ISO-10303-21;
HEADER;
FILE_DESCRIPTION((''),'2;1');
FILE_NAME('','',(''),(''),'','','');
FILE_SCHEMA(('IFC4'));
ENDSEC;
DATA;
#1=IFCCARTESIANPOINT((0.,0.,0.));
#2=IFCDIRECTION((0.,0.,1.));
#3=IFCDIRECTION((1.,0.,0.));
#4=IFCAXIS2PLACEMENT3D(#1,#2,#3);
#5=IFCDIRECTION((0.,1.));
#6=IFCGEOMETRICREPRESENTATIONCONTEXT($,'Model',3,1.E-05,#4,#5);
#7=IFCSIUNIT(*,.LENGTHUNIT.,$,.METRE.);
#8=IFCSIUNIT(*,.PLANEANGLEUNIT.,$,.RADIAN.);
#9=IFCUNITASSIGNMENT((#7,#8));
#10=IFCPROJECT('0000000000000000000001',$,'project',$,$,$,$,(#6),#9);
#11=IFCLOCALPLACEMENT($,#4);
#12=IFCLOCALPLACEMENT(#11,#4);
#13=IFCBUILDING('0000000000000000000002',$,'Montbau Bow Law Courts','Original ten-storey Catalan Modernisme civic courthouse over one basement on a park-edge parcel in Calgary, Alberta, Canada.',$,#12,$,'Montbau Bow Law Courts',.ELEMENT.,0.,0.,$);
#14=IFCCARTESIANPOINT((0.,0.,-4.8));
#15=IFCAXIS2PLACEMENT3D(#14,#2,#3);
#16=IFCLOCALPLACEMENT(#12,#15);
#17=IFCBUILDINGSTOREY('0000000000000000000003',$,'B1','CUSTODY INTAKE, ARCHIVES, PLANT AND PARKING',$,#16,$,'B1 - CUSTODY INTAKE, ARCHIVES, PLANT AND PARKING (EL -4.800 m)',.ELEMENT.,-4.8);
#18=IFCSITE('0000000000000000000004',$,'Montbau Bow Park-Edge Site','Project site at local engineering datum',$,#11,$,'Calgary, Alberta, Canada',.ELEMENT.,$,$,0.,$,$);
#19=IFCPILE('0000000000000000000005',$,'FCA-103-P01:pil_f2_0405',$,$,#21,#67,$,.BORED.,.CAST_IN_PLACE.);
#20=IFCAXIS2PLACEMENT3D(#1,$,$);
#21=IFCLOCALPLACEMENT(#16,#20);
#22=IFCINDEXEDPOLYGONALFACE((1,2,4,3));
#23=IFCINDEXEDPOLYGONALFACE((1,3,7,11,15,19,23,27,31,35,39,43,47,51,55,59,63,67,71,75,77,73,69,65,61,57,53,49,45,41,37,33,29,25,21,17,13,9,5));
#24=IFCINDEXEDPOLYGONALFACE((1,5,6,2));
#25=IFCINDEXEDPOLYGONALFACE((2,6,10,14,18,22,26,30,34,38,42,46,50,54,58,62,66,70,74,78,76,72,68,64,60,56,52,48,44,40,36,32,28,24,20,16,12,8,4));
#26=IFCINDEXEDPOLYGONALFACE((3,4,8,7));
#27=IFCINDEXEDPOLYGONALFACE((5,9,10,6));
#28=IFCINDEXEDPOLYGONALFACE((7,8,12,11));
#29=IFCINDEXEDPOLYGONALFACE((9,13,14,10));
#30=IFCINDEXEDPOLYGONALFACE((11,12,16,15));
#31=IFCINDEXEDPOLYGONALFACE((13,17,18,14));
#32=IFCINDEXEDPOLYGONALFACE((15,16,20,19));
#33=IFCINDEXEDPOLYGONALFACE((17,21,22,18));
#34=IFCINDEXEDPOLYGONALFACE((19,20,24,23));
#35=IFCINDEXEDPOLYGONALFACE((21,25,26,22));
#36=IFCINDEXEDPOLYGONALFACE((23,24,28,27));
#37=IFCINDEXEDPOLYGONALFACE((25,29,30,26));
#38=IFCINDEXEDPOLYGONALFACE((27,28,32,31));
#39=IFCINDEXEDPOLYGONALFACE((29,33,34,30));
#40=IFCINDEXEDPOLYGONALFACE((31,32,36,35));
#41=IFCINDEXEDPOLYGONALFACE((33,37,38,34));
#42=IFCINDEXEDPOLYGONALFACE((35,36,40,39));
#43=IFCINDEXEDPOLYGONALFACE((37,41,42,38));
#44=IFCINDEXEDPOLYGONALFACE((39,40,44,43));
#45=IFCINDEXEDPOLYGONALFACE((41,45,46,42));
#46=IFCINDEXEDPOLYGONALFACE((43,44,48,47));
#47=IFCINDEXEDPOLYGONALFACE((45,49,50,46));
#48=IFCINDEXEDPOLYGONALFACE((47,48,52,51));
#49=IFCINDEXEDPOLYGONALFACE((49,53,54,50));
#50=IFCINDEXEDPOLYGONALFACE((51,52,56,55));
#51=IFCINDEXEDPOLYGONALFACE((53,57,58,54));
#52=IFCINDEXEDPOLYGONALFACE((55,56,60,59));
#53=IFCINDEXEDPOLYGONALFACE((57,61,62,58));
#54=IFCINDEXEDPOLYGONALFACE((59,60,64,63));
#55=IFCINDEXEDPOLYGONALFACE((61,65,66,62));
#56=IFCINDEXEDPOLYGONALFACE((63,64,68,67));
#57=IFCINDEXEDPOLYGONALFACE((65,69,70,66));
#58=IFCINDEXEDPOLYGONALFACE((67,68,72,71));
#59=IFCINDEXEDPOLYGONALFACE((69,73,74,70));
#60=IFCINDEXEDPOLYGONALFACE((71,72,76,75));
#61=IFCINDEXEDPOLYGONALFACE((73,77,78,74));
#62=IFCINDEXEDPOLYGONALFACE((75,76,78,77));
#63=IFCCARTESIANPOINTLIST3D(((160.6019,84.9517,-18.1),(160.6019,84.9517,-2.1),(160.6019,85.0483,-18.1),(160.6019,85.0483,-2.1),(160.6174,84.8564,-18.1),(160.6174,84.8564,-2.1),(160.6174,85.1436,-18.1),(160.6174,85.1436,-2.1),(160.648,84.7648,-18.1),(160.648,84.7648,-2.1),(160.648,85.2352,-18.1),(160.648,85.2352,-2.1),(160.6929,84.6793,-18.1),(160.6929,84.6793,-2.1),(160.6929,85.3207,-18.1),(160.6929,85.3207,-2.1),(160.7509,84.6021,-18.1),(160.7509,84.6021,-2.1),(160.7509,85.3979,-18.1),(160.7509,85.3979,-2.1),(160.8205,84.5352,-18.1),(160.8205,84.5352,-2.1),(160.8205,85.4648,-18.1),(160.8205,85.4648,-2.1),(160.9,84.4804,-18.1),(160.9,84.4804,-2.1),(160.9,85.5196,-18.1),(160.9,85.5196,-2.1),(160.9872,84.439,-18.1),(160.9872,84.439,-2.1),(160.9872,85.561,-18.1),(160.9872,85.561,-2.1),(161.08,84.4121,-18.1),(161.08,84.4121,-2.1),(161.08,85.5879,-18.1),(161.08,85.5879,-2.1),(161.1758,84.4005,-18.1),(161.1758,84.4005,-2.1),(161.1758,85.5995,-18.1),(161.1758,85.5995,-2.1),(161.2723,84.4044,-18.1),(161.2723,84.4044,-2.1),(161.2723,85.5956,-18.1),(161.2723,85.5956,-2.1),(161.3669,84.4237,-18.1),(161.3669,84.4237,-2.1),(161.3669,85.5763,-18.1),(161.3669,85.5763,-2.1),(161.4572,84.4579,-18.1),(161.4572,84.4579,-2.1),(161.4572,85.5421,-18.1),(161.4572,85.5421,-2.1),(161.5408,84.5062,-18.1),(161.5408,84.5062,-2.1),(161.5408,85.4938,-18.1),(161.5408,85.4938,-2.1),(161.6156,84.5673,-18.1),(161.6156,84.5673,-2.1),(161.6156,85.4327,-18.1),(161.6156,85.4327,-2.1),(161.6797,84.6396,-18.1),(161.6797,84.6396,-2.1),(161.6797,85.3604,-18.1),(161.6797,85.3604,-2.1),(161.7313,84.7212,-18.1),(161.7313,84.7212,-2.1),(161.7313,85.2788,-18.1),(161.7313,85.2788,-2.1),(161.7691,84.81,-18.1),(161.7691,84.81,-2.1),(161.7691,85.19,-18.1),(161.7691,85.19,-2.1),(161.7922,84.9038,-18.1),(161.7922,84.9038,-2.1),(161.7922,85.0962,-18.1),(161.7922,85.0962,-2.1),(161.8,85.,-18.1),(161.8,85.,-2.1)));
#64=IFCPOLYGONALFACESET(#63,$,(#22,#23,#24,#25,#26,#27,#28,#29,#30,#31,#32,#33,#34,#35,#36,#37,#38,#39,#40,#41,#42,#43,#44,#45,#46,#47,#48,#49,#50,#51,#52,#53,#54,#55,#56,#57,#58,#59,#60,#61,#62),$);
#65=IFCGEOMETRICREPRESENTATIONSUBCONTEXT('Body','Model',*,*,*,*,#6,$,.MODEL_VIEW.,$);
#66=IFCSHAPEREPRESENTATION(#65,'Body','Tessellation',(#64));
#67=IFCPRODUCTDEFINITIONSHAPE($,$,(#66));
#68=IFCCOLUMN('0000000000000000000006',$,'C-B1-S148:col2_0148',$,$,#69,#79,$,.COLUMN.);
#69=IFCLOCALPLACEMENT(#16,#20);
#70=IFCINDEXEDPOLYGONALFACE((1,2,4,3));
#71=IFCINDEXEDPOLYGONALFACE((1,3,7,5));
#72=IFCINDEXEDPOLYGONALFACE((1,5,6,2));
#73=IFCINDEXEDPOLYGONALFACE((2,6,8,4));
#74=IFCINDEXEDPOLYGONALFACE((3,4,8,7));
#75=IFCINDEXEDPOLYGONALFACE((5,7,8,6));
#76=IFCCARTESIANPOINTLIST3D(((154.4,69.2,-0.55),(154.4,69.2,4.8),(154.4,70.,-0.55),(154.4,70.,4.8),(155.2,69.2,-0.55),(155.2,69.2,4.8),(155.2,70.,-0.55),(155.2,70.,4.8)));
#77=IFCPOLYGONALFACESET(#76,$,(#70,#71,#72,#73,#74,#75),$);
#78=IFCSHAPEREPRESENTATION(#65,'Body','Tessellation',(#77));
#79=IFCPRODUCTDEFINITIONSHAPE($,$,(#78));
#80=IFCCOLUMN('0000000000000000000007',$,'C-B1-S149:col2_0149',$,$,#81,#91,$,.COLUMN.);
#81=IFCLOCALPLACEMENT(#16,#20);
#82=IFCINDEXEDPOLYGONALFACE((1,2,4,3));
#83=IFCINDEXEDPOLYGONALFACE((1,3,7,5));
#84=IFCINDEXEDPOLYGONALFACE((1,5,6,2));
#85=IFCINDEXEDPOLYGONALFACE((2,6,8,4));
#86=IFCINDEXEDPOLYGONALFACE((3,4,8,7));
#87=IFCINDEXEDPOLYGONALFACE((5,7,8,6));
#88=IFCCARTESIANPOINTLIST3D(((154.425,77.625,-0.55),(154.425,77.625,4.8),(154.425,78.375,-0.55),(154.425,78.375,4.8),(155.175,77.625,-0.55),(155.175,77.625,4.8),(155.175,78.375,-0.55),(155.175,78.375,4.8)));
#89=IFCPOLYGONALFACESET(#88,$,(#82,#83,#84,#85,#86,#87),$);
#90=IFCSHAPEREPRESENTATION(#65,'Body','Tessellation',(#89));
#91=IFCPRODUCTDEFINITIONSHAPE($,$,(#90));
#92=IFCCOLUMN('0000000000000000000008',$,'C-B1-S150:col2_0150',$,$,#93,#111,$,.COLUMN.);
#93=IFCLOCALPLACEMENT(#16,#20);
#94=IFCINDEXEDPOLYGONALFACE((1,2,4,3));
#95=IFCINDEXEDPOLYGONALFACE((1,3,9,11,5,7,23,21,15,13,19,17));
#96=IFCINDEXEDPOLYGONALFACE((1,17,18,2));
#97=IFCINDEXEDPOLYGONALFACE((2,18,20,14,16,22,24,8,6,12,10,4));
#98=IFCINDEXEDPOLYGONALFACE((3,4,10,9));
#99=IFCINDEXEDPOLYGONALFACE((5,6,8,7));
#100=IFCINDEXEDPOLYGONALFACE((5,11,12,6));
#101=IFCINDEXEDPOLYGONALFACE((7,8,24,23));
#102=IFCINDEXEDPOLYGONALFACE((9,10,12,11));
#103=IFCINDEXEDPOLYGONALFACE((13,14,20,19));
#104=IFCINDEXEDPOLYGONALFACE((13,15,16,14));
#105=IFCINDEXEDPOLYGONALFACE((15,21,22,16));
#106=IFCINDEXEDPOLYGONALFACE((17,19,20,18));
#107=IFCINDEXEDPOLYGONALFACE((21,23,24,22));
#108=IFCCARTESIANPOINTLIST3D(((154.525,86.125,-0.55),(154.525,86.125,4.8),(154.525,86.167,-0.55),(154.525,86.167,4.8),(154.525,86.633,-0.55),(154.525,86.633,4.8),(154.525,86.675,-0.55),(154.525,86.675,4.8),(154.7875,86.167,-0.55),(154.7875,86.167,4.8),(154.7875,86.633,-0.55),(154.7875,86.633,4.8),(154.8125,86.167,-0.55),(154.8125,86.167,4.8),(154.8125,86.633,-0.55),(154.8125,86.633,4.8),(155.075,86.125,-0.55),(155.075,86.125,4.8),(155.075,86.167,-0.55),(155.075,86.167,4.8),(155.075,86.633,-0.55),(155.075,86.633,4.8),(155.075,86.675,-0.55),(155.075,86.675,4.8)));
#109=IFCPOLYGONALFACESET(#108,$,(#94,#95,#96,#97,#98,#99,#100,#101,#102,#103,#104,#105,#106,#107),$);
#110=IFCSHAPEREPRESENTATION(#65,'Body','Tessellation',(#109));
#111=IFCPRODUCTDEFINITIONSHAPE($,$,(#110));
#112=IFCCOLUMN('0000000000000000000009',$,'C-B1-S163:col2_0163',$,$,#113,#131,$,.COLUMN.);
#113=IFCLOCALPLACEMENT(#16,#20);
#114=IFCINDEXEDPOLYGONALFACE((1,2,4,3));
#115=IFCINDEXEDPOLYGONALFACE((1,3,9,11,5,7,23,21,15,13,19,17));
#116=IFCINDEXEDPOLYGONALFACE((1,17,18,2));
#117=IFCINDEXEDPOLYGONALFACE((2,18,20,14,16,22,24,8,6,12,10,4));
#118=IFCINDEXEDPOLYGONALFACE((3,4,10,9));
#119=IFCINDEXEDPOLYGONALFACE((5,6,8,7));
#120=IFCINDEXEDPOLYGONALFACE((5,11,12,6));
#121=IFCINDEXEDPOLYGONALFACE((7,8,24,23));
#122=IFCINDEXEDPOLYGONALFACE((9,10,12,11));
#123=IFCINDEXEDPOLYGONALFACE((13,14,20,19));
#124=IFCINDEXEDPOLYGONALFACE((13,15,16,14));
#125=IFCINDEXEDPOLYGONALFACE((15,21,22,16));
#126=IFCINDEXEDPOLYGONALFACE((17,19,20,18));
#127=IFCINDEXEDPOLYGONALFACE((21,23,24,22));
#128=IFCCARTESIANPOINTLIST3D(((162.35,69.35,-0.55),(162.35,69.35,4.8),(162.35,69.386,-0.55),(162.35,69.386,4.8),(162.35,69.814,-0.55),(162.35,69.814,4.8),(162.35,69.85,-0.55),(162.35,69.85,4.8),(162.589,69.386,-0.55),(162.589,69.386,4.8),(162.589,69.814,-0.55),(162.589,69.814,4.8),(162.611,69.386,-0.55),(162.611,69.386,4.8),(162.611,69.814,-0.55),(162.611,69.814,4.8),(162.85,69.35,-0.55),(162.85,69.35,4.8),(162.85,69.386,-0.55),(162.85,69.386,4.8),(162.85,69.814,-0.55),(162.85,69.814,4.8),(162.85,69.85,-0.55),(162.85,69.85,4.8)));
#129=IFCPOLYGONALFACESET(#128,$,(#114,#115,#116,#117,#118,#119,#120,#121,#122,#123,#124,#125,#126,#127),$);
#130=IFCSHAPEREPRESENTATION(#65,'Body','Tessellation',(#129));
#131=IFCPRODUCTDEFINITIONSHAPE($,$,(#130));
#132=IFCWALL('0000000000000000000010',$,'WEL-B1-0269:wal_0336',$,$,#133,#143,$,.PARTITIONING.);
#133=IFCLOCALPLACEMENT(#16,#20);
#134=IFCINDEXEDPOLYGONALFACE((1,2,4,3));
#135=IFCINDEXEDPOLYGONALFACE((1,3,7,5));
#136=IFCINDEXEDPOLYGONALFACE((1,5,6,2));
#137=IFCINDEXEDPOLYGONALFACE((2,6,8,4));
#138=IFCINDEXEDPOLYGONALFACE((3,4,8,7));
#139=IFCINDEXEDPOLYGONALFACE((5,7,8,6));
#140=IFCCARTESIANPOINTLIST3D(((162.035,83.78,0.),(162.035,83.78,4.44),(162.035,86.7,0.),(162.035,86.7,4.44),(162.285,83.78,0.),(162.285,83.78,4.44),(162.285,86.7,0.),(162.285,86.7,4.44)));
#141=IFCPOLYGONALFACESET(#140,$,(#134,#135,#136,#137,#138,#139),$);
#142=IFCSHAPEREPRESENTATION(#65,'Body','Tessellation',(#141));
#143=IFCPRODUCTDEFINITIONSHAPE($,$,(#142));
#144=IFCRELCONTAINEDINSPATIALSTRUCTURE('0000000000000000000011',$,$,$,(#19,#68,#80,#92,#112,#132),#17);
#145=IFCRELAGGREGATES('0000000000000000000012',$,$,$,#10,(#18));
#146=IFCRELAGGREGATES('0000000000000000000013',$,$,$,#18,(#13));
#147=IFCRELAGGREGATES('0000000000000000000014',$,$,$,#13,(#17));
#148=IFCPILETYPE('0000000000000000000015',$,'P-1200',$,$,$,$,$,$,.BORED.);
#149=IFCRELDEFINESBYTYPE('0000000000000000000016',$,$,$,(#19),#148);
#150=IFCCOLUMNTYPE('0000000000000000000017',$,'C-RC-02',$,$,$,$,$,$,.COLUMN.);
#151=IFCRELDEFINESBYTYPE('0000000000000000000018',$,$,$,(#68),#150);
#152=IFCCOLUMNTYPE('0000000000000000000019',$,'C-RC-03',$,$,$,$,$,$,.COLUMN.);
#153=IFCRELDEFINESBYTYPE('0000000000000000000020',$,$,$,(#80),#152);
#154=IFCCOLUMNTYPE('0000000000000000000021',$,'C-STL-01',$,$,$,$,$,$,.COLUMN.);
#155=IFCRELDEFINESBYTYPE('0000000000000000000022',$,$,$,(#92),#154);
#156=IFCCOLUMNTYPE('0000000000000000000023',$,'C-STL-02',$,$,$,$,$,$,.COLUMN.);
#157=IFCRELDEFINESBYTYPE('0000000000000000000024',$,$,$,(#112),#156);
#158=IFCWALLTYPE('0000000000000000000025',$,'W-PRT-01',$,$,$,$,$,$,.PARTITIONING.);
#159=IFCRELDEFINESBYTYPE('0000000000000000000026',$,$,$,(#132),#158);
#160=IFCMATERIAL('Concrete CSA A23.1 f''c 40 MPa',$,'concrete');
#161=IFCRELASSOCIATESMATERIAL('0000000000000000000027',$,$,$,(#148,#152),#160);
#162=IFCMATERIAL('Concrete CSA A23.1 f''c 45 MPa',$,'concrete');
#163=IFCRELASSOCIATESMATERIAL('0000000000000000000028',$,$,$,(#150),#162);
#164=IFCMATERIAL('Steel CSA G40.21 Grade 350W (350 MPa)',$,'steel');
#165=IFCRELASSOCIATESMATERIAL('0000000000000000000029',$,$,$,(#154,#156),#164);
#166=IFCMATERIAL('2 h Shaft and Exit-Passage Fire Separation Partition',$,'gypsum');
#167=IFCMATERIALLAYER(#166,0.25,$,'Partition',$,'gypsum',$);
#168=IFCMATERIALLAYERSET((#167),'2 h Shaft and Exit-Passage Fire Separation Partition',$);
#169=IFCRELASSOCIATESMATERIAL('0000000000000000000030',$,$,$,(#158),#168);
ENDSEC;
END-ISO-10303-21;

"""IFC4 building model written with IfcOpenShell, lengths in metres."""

from ifc_helpers import new_model, si_unit, direction, frame, frame_2d, origin_with_axes, origin_2d_with_axis, place, context, subcontext, project, spatial, rectangle, circle, i_section, extrude, material, layer, layer_set, material_profile, profile_set, type_object, element, save


model = new_model("IFC4")

# Units and contexts
model_context = context("Model", 3, precision=1e-05, world=origin_with_axes(), true_north=direction((0.0, 1.0)))
body_context = subcontext(model_context, "Body", "Model", "MODEL_VIEW")
ifc_project = project(units=[si_unit("LENGTHUNIT", "METRE"), si_unit("PLANEANGLEUNIT", "RADIAN")], contexts=[model_context])

# Site, building, storey
site_placement = place(None, origin_with_axes())
site = spatial("IfcSite", under=ifc_project, at=site_placement, Name="Montbau Bow Park-Edge Site", Description="Project site at local engineering datum", LongName="Calgary, Alberta, Canada", CompositionType="ELEMENT", RefElevation=0.0)
building_placement = place(site_placement, origin_with_axes())
building = spatial("IfcBuilding", under=site, at=building_placement, Name="Montbau Bow Law Courts", Description="Original ten-storey Catalan Modernisme civic courthouse over one basement on a park-edge parcel in Calgary, Alberta, Canada.", LongName="Montbau Bow Law Courts", CompositionType="ELEMENT", ElevationOfRefHeight=0.0, ElevationOfTerrain=0.0)
storey_placement = place(building_placement, frame((0.0, 0.0, -4.8), z_axis=(0.0, 0.0, 1.0), x_axis=(1.0, 0.0, 0.0)))
storey = spatial("IfcBuildingStorey", under=building, at=storey_placement, Name="B1", Description="CUSTODY INTAKE, ARCHIVES, PLANT AND PARKING", LongName="B1 - CUSTODY INTAKE, ARCHIVES, PLANT AND PARKING (EL -4.800 m)", CompositionType="ELEMENT", Elevation=-4.8)

# Pile
ifc_material_1 = material(Name="Concrete CSA A23.1 f'c 40 MPa", Category="concrete")
ifc_material_profile_1 = material_profile(ifc_material_1, circle(Radius=0.6, at=origin_2d_with_axis()), Name="BP1200", Category="Main", Priority=0)
ifc_profile_set_1 = profile_set([ifc_material_profile_1], Name="Concrete CSA A23.1 f'c 40 MPa")
pile_type_1 = type_object("IfcPileType", Name="P-1200", PredefinedType="BORED", material=ifc_profile_set_1)
for number, where, z_axis, x_axis, name in (
    (1, (161.2, 85.0, -22.9), (0.0, 0.0, 1.0), (1.0, 0.0, 0.0), "FCA-103-P01:pil_f2_0405"),
):
    element("IfcPile", number, at=place(None, frame(where, z_axis=z_axis, x_axis=x_axis)), inside=storey, type_object=pile_type_1, Name=name, ConstructionType="CAST_IN_PLACE", PredefinedType="BORED", context=body_context, shape_type="SweptSolid", body=[
        extrude(circle(Radius=0.6, at=origin_2d_with_axis()), origin_with_axes(), (0.0, 0.0, 1.0), 16.0),
    ])

# Columns
ifc_material_2 = material(Name="Concrete CSA A23.1 f'c 45 MPa", Category="concrete")
ifc_material_profile_2 = material_profile(ifc_material_2, rectangle(XDim=0.8, YDim=0.8, at=origin_2d_with_axis()), Name="RC800X800", Category="Main", Priority=0)
ifc_profile_set_2 = profile_set([ifc_material_profile_2], Name="Concrete CSA A23.1 f'c 45 MPa")
column_type_1 = type_object("IfcColumnType", Name="C-RC-02", PredefinedType="COLUMN", material=ifc_profile_set_2)
column_1_placement = place(None, frame((154.8, 69.6, -5.35), z_axis=(0.0, 0.0, 1.0), x_axis=(1.0, 0.0, 0.0)))
element("IfcColumn", 2, at=column_1_placement, inside=storey, type_object=column_type_1, Name="C-B1-S148:col2_0148", PredefinedType="COLUMN", context=body_context, shape_type="SweptSolid", body=[
    extrude(rectangle(XDim=0.8, YDim=0.8, at=origin_2d_with_axis()), origin_with_axes(), (0.0, 0.0, 1.0), 5.35),
])
ifc_material_profile_3 = material_profile(ifc_material_1, rectangle(XDim=0.75, YDim=0.75, at=origin_2d_with_axis()), Name="RC750X750", Category="Main", Priority=0)
ifc_profile_set_3 = profile_set([ifc_material_profile_3], Name="Concrete CSA A23.1 f'c 40 MPa")
column_type_2 = type_object("IfcColumnType", Name="C-RC-03", PredefinedType="COLUMN", material=ifc_profile_set_3)
column_2_placement = place(None, frame((154.8, 78.0, -5.35), z_axis=(0.0, 0.0, 1.0), x_axis=(1.0, 0.0, 0.0)))
element("IfcColumn", 3, at=column_2_placement, inside=storey, type_object=column_type_2, Name="C-B1-S149:col2_0149", PredefinedType="COLUMN", context=body_context, shape_type="SweptSolid", body=[
    extrude(rectangle(XDim=0.75, YDim=0.75, at=origin_2d_with_axis()), origin_with_axes(), (0.0, 0.0, 1.0), 5.35),
])
ifc_material_3 = material(Name="Steel CSA G40.21 Grade 350W (350 MPa)", Category="steel")
ifc_material_profile_4 = material_profile(ifc_material_3, i_section(OverallWidth=0.55, OverallDepth=0.55, WebThickness=0.025, FlangeThickness=0.042, at=origin_2d_with_axis()), Name="WWF550X420", Category="Main", Priority=0)
ifc_profile_set_4 = profile_set([ifc_material_profile_4], Name="Steel CSA G40.21 Grade 350W (350 MPa)")
column_type_3 = type_object("IfcColumnType", Name="C-STL-01", PredefinedType="COLUMN", material=ifc_profile_set_4)
column_3_placement = place(None, frame((154.8, 86.4, -5.35), z_axis=(0.0, 0.0, 1.0), x_axis=(1.0, 0.0, 0.0)))
element("IfcColumn", 4, at=column_3_placement, inside=storey, type_object=column_type_3, Name="C-B1-S150:col2_0150", PredefinedType="COLUMN", context=body_context, shape_type="SweptSolid", body=[
    extrude(i_section(OverallWidth=0.55, OverallDepth=0.55, WebThickness=0.025, FlangeThickness=0.042, at=origin_2d_with_axis()), origin_with_axes(), (0.0, 0.0, 1.0), 5.35),
])
ifc_material_profile_5 = material_profile(ifc_material_3, i_section(OverallWidth=0.5, OverallDepth=0.5, WebThickness=0.022, FlangeThickness=0.036, at=origin_2d_with_axis()), Name="WWF500X343", Category="Main", Priority=0)
ifc_profile_set_5 = profile_set([ifc_material_profile_5], Name="Steel CSA G40.21 Grade 350W (350 MPa)")
column_type_4 = type_object("IfcColumnType", Name="C-STL-02", PredefinedType="COLUMN", material=ifc_profile_set_5)
column_4_placement = place(None, frame((162.6, 69.6, -5.35), z_axis=(0.0, 0.0, 1.0), x_axis=(1.0, 0.0, 0.0)))
element("IfcColumn", 5, at=column_4_placement, inside=storey, type_object=column_type_4, Name="C-B1-S163:col2_0163", PredefinedType="COLUMN", context=body_context, shape_type="SweptSolid", body=[
    extrude(i_section(OverallWidth=0.5, OverallDepth=0.5, WebThickness=0.022, FlangeThickness=0.036, at=origin_2d_with_axis()), origin_with_axes(), (0.0, 0.0, 1.0), 5.35),
])

# Wall
ifc_material_4 = material(Name="2 h Shaft and Exit-Passage Fire Separation Partition", Category="gypsum")
ifc_layer = layer(ifc_material_4, 0.25, Name="Partition", Category="gypsum")
ifc_layer_set = layer_set([ifc_layer], Name="2 h Shaft and Exit-Passage Fire Separation Partition")
wall_type = type_object("IfcWallType", Name="W-PRT-01", PredefinedType="PARTITIONING", material=ifc_layer_set)
wall_placement = place(None, frame((162.16, 83.78, -4.8), z_axis=(0.0, 0.0, 1.0), x_axis=(0.0, 1.0, 0.0)))
element("IfcWall", 6, at=wall_placement, inside=storey, type_object=wall_type, Name="WEL-B1-0269:wal_0336", PredefinedType="PARTITIONING", context=body_context, shape_type="SweptSolid", body=[
    extrude(rectangle(XDim=2.92, YDim=0.25, at=frame_2d((1.46, 0.0), x_axis=(1.0, 0.0))), origin_with_axes(), (0.0, 0.0, 1.0), 4.44),
])

save(model, "model.ifc")
